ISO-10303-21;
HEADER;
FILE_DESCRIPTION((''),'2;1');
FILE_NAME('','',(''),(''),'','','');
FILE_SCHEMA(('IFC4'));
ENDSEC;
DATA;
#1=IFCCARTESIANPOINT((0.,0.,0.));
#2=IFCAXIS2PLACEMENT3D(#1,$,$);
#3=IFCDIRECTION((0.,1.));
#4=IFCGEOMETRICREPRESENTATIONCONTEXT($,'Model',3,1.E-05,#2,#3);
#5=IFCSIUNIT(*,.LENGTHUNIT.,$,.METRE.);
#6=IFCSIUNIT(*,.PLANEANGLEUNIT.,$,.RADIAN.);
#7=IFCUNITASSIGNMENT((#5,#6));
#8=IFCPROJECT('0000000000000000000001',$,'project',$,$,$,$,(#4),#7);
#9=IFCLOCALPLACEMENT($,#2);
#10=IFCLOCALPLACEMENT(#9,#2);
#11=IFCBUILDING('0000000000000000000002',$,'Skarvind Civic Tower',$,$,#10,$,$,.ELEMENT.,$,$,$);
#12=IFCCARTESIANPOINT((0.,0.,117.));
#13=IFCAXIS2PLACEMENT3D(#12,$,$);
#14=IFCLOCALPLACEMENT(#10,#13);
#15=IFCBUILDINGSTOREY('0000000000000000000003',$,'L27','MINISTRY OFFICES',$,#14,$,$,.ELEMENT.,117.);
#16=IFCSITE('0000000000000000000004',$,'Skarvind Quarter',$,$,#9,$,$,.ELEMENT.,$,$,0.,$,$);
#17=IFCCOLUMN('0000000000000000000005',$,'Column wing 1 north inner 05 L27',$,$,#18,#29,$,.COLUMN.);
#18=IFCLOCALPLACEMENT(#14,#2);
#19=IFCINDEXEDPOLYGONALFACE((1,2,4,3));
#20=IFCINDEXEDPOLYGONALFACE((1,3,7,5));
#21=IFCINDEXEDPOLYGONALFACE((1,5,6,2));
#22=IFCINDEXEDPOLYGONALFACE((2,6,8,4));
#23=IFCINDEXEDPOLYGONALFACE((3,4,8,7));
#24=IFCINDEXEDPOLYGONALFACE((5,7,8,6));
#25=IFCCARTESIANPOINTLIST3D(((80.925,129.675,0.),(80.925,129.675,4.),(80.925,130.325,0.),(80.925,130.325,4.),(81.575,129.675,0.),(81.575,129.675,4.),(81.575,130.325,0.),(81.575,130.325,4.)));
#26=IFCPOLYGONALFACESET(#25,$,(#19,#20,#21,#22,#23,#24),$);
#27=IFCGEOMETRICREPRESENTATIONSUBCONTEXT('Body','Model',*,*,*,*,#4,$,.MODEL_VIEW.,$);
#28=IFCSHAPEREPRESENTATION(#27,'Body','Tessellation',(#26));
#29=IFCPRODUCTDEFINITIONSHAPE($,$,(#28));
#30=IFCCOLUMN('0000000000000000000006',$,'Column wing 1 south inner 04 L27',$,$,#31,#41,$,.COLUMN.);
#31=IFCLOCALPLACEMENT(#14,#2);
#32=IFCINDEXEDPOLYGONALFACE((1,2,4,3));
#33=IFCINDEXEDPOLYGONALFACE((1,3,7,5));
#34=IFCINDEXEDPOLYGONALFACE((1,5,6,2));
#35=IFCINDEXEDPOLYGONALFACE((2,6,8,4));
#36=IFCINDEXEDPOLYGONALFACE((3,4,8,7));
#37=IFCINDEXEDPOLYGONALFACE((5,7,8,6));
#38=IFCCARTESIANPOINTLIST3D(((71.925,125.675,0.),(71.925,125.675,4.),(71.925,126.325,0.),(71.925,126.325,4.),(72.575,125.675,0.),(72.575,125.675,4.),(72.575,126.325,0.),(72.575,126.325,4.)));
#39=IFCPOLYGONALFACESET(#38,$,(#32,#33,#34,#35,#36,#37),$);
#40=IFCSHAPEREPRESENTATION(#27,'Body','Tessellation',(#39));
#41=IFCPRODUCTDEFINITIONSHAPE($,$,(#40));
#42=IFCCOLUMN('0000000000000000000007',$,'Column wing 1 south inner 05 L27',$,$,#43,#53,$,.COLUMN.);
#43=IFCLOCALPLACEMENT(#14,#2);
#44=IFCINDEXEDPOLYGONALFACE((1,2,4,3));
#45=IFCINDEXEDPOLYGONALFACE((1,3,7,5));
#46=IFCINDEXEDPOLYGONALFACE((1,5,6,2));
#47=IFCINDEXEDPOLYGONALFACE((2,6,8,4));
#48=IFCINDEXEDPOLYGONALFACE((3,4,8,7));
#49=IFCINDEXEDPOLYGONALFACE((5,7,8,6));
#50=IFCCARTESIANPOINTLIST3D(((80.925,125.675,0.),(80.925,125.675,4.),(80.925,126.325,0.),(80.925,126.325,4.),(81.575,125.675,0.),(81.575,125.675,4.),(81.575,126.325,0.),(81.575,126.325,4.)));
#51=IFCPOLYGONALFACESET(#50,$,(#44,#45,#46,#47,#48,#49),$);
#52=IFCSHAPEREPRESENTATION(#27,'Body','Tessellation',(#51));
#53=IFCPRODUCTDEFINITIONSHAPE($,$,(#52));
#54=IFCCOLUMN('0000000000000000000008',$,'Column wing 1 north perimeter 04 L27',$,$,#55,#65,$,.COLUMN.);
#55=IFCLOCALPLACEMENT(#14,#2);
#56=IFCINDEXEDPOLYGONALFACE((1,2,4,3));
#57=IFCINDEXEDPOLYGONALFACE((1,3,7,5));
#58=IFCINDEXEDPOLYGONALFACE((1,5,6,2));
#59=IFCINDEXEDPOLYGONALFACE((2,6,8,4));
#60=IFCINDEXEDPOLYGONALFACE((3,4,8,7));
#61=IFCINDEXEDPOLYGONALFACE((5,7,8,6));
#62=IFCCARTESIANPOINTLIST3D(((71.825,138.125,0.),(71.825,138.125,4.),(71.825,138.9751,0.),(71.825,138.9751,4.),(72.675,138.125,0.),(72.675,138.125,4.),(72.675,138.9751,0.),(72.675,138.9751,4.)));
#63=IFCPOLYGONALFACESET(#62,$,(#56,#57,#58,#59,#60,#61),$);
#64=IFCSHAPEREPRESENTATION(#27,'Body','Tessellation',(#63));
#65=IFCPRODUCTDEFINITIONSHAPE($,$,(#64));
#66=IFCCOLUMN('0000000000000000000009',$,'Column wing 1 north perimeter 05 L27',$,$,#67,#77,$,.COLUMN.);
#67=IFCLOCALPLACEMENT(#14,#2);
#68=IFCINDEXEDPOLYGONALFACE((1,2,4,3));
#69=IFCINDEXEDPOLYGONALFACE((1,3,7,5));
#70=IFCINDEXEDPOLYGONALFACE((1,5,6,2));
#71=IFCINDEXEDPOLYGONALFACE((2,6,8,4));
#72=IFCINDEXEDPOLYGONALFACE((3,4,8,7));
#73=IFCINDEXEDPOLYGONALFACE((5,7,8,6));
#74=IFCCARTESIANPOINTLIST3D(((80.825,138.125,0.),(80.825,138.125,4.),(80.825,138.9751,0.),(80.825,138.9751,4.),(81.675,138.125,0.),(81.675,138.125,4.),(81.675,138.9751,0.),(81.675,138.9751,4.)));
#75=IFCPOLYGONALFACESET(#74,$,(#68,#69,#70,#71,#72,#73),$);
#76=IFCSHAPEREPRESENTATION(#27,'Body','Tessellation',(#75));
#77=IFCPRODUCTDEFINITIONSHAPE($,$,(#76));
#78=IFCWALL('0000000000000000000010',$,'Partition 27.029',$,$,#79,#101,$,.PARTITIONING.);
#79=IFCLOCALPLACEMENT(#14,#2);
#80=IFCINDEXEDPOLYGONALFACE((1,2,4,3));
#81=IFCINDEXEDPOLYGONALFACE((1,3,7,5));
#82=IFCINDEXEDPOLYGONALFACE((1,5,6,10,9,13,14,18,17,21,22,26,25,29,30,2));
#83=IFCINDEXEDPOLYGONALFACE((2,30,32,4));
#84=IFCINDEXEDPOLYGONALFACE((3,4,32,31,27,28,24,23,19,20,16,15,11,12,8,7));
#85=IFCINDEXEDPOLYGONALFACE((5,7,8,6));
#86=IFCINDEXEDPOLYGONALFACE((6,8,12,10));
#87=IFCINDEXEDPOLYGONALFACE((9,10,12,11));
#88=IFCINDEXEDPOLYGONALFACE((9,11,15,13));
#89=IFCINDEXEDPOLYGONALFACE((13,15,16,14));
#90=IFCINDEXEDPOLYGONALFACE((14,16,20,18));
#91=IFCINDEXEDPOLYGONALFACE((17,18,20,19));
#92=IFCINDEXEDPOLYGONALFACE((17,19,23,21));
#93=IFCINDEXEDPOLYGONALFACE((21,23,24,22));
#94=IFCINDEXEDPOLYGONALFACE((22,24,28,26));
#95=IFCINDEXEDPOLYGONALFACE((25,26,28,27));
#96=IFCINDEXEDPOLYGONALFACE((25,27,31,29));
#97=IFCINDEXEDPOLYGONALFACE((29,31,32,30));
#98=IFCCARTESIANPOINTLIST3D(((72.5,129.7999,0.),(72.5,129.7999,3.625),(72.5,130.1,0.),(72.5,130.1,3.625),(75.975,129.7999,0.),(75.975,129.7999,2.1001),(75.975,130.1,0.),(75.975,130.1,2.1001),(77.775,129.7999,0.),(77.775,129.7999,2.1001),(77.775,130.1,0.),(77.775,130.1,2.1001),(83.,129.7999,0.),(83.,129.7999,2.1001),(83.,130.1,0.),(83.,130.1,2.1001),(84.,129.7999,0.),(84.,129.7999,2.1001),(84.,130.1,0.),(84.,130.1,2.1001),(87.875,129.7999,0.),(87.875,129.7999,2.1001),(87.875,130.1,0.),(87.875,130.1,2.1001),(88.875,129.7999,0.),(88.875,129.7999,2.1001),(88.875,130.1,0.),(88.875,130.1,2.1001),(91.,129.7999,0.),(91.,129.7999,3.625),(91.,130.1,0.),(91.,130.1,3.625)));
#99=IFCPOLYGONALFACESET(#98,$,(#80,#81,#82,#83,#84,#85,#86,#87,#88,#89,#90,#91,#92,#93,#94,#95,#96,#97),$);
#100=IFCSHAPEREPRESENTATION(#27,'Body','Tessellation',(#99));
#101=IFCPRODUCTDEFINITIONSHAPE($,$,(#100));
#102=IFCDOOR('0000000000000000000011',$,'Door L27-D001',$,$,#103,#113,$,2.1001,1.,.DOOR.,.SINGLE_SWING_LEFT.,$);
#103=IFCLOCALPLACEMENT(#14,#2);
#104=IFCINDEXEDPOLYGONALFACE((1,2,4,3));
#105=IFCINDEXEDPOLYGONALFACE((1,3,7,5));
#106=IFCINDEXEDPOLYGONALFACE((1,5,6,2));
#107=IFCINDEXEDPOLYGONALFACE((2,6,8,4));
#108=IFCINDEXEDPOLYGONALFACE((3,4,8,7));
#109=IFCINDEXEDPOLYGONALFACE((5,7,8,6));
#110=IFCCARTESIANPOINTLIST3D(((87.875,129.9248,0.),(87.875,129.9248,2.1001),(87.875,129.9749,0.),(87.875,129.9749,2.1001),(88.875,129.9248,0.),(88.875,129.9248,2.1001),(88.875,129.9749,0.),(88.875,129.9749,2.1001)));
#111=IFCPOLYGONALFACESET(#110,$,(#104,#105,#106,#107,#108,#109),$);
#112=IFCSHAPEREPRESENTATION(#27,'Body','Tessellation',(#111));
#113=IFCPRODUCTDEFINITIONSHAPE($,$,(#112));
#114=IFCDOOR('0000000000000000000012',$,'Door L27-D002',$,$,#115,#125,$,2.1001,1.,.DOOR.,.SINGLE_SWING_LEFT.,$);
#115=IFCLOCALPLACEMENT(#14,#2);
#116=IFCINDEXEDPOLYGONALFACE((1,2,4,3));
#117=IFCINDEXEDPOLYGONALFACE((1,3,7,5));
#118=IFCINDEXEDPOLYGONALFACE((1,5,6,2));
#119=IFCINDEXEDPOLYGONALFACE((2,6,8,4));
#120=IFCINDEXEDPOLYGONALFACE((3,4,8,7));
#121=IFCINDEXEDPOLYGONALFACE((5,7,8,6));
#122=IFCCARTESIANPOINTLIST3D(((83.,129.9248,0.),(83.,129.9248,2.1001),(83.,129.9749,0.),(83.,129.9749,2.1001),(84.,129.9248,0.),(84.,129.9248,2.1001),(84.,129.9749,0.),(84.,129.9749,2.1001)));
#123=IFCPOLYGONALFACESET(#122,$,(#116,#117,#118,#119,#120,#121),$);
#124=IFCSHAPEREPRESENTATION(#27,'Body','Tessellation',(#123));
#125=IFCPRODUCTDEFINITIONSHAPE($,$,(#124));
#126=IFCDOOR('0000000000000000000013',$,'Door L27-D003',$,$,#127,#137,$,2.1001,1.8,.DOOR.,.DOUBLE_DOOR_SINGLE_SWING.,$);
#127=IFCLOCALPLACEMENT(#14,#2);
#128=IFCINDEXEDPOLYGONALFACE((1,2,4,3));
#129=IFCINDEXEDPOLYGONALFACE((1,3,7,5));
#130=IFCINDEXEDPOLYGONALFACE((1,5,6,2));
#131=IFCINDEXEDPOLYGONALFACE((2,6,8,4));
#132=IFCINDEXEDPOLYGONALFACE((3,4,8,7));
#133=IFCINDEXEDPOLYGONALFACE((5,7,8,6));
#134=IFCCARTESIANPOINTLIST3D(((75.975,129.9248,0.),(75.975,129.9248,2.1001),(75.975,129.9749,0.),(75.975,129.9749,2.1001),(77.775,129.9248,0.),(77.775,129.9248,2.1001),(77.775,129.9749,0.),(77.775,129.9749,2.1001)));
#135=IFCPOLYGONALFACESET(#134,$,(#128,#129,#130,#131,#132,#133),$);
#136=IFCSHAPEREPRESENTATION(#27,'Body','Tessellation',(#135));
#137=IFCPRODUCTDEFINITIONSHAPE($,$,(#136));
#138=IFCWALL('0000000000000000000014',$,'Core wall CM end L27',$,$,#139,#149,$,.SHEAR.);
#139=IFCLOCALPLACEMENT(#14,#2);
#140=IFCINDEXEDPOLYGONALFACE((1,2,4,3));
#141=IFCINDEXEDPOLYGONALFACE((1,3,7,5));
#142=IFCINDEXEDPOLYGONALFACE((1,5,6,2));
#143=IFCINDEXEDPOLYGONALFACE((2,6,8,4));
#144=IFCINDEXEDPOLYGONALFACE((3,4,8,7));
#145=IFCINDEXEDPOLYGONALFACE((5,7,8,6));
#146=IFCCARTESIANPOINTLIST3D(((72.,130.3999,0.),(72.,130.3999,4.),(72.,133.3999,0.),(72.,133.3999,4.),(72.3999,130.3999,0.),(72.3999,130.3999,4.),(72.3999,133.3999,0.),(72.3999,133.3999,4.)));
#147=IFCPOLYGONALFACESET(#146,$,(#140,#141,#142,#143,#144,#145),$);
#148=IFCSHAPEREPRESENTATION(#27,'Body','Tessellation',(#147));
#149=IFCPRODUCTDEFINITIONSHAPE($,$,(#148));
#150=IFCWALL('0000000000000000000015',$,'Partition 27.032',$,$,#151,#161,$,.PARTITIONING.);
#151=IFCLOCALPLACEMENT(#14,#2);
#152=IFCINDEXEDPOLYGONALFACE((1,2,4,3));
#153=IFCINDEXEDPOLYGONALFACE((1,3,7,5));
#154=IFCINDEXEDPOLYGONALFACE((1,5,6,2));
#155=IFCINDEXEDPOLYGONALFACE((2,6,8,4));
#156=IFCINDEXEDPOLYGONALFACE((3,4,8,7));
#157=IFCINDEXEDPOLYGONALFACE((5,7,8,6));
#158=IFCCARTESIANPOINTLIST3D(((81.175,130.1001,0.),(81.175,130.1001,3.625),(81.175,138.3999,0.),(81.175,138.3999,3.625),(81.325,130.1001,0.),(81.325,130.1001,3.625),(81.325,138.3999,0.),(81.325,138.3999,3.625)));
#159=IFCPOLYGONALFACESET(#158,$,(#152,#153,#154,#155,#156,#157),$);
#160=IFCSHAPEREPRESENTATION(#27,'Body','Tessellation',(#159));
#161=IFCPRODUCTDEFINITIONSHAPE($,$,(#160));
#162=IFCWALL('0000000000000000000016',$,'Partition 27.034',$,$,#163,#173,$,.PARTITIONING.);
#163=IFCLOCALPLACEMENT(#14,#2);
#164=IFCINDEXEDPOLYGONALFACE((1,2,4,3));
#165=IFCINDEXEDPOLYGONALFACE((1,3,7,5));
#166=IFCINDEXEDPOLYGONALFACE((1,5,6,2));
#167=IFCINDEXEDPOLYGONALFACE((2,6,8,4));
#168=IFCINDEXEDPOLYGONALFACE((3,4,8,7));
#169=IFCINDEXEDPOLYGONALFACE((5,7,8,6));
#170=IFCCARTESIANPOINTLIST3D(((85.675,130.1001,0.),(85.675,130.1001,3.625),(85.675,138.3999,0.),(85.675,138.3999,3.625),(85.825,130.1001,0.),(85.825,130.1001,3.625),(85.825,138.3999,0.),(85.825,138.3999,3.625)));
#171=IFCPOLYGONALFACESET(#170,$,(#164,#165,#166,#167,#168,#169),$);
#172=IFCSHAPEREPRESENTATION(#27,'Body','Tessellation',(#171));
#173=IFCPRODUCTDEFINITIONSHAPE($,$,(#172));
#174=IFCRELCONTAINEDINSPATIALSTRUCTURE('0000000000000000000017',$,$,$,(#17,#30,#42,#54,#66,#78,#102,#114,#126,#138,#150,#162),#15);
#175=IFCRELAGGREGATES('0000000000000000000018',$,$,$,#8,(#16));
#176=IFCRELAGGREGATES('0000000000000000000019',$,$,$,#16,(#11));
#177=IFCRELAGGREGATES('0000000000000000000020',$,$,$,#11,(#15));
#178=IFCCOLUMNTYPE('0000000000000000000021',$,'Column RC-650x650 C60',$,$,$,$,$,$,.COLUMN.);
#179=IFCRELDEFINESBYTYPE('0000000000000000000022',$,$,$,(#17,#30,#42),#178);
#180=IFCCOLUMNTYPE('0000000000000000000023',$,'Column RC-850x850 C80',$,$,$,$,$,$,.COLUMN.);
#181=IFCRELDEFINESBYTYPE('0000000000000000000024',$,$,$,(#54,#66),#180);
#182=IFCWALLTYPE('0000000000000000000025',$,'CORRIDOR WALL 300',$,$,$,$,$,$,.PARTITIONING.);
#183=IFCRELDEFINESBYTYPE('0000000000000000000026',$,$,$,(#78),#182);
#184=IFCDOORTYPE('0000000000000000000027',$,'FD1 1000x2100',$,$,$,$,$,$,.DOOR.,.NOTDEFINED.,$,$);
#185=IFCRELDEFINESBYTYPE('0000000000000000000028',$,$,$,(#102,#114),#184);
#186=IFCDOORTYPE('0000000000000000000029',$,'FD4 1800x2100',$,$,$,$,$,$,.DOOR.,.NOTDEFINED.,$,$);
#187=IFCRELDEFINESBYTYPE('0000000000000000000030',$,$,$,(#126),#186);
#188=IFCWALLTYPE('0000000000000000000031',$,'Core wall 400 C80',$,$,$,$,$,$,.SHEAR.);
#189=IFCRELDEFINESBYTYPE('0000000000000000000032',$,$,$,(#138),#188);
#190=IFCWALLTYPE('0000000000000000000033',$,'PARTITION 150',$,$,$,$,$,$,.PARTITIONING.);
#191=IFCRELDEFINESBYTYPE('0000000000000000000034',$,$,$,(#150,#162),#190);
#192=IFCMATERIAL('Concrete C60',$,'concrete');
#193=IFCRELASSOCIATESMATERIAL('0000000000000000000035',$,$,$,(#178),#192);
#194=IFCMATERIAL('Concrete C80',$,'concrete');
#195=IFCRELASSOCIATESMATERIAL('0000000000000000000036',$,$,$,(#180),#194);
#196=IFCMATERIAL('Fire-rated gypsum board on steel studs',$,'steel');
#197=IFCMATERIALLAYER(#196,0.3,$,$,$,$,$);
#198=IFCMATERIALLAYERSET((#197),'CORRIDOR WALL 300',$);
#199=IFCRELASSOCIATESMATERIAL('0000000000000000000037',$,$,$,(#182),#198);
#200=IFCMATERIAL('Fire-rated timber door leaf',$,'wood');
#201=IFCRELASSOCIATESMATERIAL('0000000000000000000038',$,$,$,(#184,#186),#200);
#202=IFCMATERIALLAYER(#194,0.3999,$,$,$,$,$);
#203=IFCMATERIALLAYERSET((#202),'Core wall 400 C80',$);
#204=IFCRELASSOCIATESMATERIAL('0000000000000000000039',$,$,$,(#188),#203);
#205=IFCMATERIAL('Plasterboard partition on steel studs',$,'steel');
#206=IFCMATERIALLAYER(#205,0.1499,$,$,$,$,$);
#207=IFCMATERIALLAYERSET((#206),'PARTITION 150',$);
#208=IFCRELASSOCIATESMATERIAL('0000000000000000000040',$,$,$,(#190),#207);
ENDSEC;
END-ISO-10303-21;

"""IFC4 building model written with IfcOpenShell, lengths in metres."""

from ifc_helpers import new_model, si_unit, direction, frame, frame_2d, origin, origin_2d, place, context, subcontext, project, spatial, rectangle, extrude, material, layer, layer_set, material_profile, profile_set, type_object, element, fill, save


model = new_model("IFC4")

# Units and contexts
model_context = context("Model", 3, precision=1e-05, world=origin(), true_north=direction((0.0, 1.0)))
body_context = subcontext(model_context, "Body", "Model", "MODEL_VIEW")
ifc_project = project(units=[si_unit("LENGTHUNIT", "METRE"), si_unit("PLANEANGLEUNIT", "RADIAN")], contexts=[model_context])

# Site, building, storey
site_placement = place(None, origin())
site = spatial("IfcSite", under=ifc_project, at=site_placement, Name="Skarvind Quarter", CompositionType="ELEMENT", RefElevation=0.0)
building_placement = place(site_placement, origin())
building = spatial("IfcBuilding", under=site, at=building_placement, Name="Skarvind Civic Tower", CompositionType="ELEMENT")
storey_placement = place(building_placement, frame((0.0, 0.0, 117.0)))
storey = spatial("IfcBuildingStorey", under=building, at=storey_placement, Name="L27", Description="MINISTRY OFFICES", CompositionType="ELEMENT", Elevation=117.0)

# Columns
ifc_material_1 = material(Name="Concrete C60", Category="concrete")
ifc_material_profile_1 = material_profile(ifc_material_1, rectangle(XDim=0.6499, YDim=0.6499, at=origin_2d()), Name="RC-650x650")
ifc_profile_set_1 = profile_set([ifc_material_profile_1], Name="Concrete C60")
column_type_1 = type_object("IfcColumnType", Name="Column RC-650x650 C60", PredefinedType="COLUMN", material=ifc_profile_set_1)
for number, where, z_axis, x_axis, name in (
    (1, (81.25, 130.0, 0.0), (0.0, 0.0, 1.0), (1.0, 0.0, 0.0), "Column wing 1 north inner 05 L27"),
    (2, (72.25, 126.0, 0.0), (0.0, 0.0, 1.0), (1.0, 0.0, 0.0), "Column wing 1 south inner 04 L27"),
    (3, (81.25, 126.0, 0.0), (0.0, 0.0, 1.0), (1.0, 0.0, 0.0), "Column wing 1 south inner 05 L27"),
):
    element("IfcColumn", number, at=place(storey_placement, frame(where, z_axis=z_axis, x_axis=x_axis)), inside=storey, type_object=column_type_1, Name=name, PredefinedType="COLUMN", context=body_context, shape_type="SweptSolid", body=[
        extrude(rectangle(XDim=0.6499, YDim=0.6499, at=origin_2d()), origin(), (0.0, 0.0, 1.0), 4.0),
    ])
ifc_material_2 = material(Name="Concrete C80", Category="concrete")
ifc_material_profile_2 = material_profile(ifc_material_2, rectangle(XDim=0.8501, YDim=0.8501, at=origin_2d()), Name="RC-850x850")
ifc_profile_set_2 = profile_set([ifc_material_profile_2], Name="Concrete C80")
column_type_2 = type_object("IfcColumnType", Name="Column RC-850x850 C80", PredefinedType="COLUMN", material=ifc_profile_set_2)
for number, where, z_axis, x_axis, name in (
    (4, (72.25, 138.55, 0.0), (0.0, 0.0, 1.0), (1.0, 0.0, 0.0), "Column wing 1 north perimeter 04 L27"),
    (5, (81.25, 138.55, 0.0), (0.0, 0.0, 1.0), (1.0, 0.0, 0.0), "Column wing 1 north perimeter 05 L27"),
):
    element("IfcColumn", number, at=place(storey_placement, frame(where, z_axis=z_axis, x_axis=x_axis)), inside=storey, type_object=column_type_2, Name=name, PredefinedType="COLUMN", context=body_context, shape_type="SweptSolid", body=[
        extrude(rectangle(XDim=0.8501, YDim=0.8501, at=origin_2d()), origin(), (0.0, 0.0, 1.0), 4.0),
    ])

# Wall, openings, doors
ifc_material_3 = material(Name="Fire-rated gypsum board on steel studs", Category="steel")
ifc_layer_1 = layer(ifc_material_3, 0.3)
ifc_layer_set_1 = layer_set([ifc_layer_1], Name="CORRIDOR WALL 300")
wall_type_1 = type_object("IfcWallType", Name="CORRIDOR WALL 300", PredefinedType="PARTITIONING", material=ifc_layer_set_1)
wall_1_placement = place(storey_placement, frame((72.5, 129.95, 0.0), z_axis=(0.0, 0.0, 1.0), x_axis=(1.0, 0.0, 0.0)))
wall_1 = element("IfcWall", 6, at=wall_1_placement, inside=storey, type_object=wall_type_1, Name="Partition 27.029", PredefinedType="PARTITIONING", context=body_context, shape_type="SweptSolid", body=[
    extrude(rectangle(XDim=18.5, YDim=0.3, at=frame_2d((9.25, 0.0))), origin(), (0.0, 0.0, 1.0), 3.625),
])
opening_1_placement = place(wall_1_placement, frame((15.375, 0.0, 0.0)))
opening_1 = element("IfcOpeningElement", 7, at=opening_1_placement, cuts=wall_1, PredefinedType="OPENING", context=body_context, shape_type="SweptSolid", body=[
    extrude(rectangle(XDim=1.0, YDim=2.1001, at=frame_2d((0.5, 1.05))), frame((0.0, 0.1599, 0.0), z_axis=(0.0, -1.0, 0.0), x_axis=(1.0, 0.0, 0.0)), (0.0, 0.0, 1.0), 0.3201),
])
opening_2_placement = place(wall_1_placement, frame((10.5, 0.0, 0.0)))
opening_2 = element("IfcOpeningElement", 8, at=opening_2_placement, cuts=wall_1, PredefinedType="OPENING", context=body_context, shape_type="SweptSolid", body=[
    extrude(rectangle(XDim=1.0, YDim=2.1001, at=frame_2d((0.5, 1.05))), frame((0.0, 0.1599, 0.0), z_axis=(0.0, -1.0, 0.0), x_axis=(1.0, 0.0, 0.0)), (0.0, 0.0, 1.0), 0.3201),
])
opening_3_placement = place(wall_1_placement, frame((3.4751, 0.0, 0.0)))
opening_3 = element("IfcOpeningElement", 9, at=opening_3_placement, cuts=wall_1, PredefinedType="OPENING", context=body_context, shape_type="SweptSolid", body=[
    extrude(rectangle(XDim=1.8, YDim=2.1001, at=frame_2d((0.8999, 1.05))), frame((0.0, 0.1599, 0.0), z_axis=(0.0, -1.0, 0.0), x_axis=(1.0, 0.0, 0.0)), (0.0, 0.0, 1.0), 0.3201),
])
ifc_material_4 = material(Name="Fire-rated timber door leaf", Category="wood")
door_type_1 = type_object("IfcDoorType", Name="FD1 1000x2100", OperationType="NOTDEFINED", PredefinedType="DOOR", material=ifc_material_4)
door_1_placement = place(opening_1_placement, origin())
door_1 = element("IfcDoor", 10, at=door_1_placement, inside=storey, type_object=door_type_1, Name="Door L27-D001", OperationType="SINGLE_SWING_LEFT", OverallHeight=2.1001, OverallWidth=1.0, PredefinedType="DOOR", context=body_context, shape_type="SweptSolid", body=[
    extrude(rectangle(XDim=1.0, YDim=2.1001, at=frame_2d((0.5, 1.05))), frame((0.0, 0.0249, 0.0), z_axis=(0.0, -1.0, 0.0), x_axis=(1.0, 0.0, 0.0)), (0.0, 0.0, 1.0), 0.05),
])
fill(opening_1, door_1)
door_2_placement = place(opening_2_placement, origin())
door_2 = element("IfcDoor", 11, at=door_2_placement, inside=storey, type_object=door_type_1, Name="Door L27-D002", OperationType="SINGLE_SWING_LEFT", OverallHeight=2.1001, OverallWidth=1.0, PredefinedType="DOOR", context=body_context, shape_type="SweptSolid", body=[
    extrude(rectangle(XDim=1.0, YDim=2.1001, at=frame_2d((0.5, 1.05))), frame((0.0, 0.0249, 0.0), z_axis=(0.0, -1.0, 0.0), x_axis=(1.0, 0.0, 0.0)), (0.0, 0.0, 1.0), 0.05),
])
fill(opening_2, door_2)
door_type_2 = type_object("IfcDoorType", Name="FD4 1800x2100", OperationType="NOTDEFINED", PredefinedType="DOOR", material=ifc_material_4)
door_3_placement = place(opening_3_placement, origin())
door_3 = element("IfcDoor", 12, at=door_3_placement, inside=storey, type_object=door_type_2, Name="Door L27-D003", OperationType="DOUBLE_DOOR_SINGLE_SWING", OverallHeight=2.1001, OverallWidth=1.8, PredefinedType="DOOR", context=body_context, shape_type="SweptSolid", body=[
    extrude(rectangle(XDim=1.8, YDim=2.1001, at=frame_2d((0.8999, 1.05))), frame((0.0, 0.0249, 0.0), z_axis=(0.0, -1.0, 0.0), x_axis=(1.0, 0.0, 0.0)), (0.0, 0.0, 1.0), 0.05),
])
fill(opening_3, door_3)

# Walls
ifc_layer_2 = layer(ifc_material_2, 0.3999)
ifc_layer_set_2 = layer_set([ifc_layer_2], Name="Core wall 400 C80")
wall_type_2 = type_object("IfcWallType", Name="Core wall 400 C80", PredefinedType="SHEAR", material=ifc_layer_set_2)
wall_2_placement = place(storey_placement, frame((72.2, 130.3999, 0.0), z_axis=(0.0, 0.0, 1.0), x_axis=(0.0, 1.0, 0.0)))
element("IfcWall", 13, at=wall_2_placement, inside=storey, type_object=wall_type_2, Name="Core wall CM end L27", PredefinedType="SHEAR", context=body_context, shape_type="SweptSolid", body=[
    extrude(rectangle(XDim=3.0, YDim=0.3999, at=frame_2d((1.5, 0.0))), origin(), (0.0, 0.0, 1.0), 4.0),
])
ifc_material_5 = material(Name="Plasterboard partition on steel studs", Category="steel")
ifc_layer_3 = layer(ifc_material_5, 0.1499)
ifc_layer_set_3 = layer_set([ifc_layer_3], Name="PARTITION 150")
wall_type_3 = type_object("IfcWallType", Name="PARTITION 150", PredefinedType="PARTITIONING", material=ifc_layer_set_3)
for number, where, z_axis, x_axis, name in (
    (14, (81.25, 130.1001, 0.0), (0.0, 0.0, 1.0), (0.0, 1.0, 0.0), "Partition 27.032"),
    (15, (85.75, 130.1001, 0.0), (0.0, 0.0, 1.0), (0.0, 1.0, 0.0), "Partition 27.034"),
):
    element("IfcWall", number, at=place(storey_placement, frame(where, z_axis=z_axis, x_axis=x_axis)), inside=storey, type_object=wall_type_3, Name=name, PredefinedType="PARTITIONING", context=body_context, shape_type="SweptSolid", body=[
        extrude(rectangle(XDim=8.2998, YDim=0.1499, at=frame_2d((4.1499, 0.0))), origin(), (0.0, 0.0, 1.0), 3.625),
    ])

save(model, "model.ifc")
